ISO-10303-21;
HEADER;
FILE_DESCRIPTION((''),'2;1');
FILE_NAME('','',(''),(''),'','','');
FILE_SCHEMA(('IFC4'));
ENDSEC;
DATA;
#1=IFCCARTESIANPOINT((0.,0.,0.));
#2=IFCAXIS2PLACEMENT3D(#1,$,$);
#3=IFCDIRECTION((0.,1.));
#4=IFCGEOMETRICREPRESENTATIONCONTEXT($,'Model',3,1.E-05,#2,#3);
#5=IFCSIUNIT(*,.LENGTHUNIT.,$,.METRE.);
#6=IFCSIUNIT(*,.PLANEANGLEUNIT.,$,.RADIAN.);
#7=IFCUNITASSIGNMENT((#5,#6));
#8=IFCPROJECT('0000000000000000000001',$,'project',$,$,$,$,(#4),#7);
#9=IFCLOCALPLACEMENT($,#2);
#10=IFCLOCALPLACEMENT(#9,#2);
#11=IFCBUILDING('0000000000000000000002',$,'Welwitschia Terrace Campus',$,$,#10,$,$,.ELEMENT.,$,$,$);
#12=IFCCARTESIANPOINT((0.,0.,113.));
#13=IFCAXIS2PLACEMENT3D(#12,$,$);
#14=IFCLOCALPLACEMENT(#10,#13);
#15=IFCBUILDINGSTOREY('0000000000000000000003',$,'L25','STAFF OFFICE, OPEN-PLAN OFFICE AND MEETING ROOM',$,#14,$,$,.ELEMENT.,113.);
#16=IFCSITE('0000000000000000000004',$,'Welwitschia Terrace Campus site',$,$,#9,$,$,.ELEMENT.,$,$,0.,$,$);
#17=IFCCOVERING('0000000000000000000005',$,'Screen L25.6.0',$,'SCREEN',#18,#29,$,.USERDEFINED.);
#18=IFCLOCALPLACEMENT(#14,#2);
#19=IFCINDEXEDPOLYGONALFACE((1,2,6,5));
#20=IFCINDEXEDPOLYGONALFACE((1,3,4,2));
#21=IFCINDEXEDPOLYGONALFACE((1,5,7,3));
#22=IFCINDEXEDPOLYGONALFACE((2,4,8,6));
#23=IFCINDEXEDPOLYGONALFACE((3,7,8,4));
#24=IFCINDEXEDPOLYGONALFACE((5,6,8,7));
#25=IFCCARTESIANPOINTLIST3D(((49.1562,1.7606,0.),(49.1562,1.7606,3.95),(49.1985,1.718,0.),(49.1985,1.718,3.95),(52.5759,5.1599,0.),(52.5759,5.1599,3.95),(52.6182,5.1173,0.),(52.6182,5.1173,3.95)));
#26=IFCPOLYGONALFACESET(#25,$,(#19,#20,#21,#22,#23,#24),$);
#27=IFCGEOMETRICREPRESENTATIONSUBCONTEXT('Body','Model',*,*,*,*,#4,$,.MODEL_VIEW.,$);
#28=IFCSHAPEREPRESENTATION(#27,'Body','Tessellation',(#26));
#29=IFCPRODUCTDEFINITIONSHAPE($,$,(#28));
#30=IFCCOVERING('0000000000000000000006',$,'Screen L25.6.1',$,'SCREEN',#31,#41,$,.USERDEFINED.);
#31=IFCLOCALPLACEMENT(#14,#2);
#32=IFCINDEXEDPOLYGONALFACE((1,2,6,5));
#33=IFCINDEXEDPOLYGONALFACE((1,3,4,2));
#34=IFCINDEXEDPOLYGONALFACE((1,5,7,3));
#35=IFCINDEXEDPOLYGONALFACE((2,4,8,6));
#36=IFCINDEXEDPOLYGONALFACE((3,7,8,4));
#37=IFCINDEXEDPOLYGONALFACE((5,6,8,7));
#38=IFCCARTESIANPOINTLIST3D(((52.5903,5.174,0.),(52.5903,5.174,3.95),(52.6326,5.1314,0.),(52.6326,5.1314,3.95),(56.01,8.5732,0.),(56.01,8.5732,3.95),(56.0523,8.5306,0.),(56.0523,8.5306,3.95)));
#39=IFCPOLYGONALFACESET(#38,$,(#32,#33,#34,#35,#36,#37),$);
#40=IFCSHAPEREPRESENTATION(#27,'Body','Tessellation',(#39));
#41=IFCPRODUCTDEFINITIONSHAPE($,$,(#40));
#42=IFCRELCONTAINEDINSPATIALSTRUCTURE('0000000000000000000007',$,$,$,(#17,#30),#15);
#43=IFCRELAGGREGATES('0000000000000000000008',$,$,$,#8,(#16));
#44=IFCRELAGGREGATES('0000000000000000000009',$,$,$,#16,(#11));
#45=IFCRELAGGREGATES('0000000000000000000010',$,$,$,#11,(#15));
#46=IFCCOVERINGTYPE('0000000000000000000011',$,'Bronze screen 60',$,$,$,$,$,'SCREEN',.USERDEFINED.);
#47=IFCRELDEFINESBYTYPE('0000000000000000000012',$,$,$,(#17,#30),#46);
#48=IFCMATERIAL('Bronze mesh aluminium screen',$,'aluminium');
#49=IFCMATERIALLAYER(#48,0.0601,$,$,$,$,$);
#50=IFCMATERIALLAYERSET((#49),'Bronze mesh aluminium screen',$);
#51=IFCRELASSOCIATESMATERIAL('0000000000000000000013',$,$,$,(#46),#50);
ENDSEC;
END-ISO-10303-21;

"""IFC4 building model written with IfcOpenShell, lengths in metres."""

from ifc_helpers import new_model, si_unit, direction, frame, origin, origin_2d, place, context, subcontext, project, spatial, rectangle, extrude, material, layer, layer_set, type_object, element, save


model = new_model("IFC4")

# Units and contexts
model_context = context("Model", 3, precision=1e-05, world=origin(), true_north=direction((0.0, 1.0)))
body_context = subcontext(model_context, "Body", "Model", "MODEL_VIEW")
ifc_project = project(units=[si_unit("LENGTHUNIT", "METRE"), si_unit("PLANEANGLEUNIT", "RADIAN")], contexts=[model_context])

# Site, building, storey
site_placement = place(None, origin())
site = spatial("IfcSite", under=ifc_project, at=site_placement, Name="Welwitschia Terrace Campus site", CompositionType="ELEMENT", RefElevation=0.0)
building_placement = place(site_placement, origin())
building = spatial("IfcBuilding", under=site, at=building_placement, Name="Welwitschia Terrace Campus", CompositionType="ELEMENT")
storey_placement = place(building_placement, frame((0.0, 0.0, 113.0)))
storey = spatial("IfcBuildingStorey", under=building, at=storey_placement, Name="L25", Description="STAFF OFFICE, OPEN-PLAN OFFICE AND MEETING ROOM", CompositionType="ELEMENT", Elevation=113.0)

# Coverings
ifc_material_1 = material(Name="Bronze mesh aluminium screen", Category="aluminium")
ifc_layer_1 = layer(ifc_material_1, 0.0601)
ifc_layer_set_1 = layer_set([ifc_layer_1], Name="Bronze mesh aluminium screen")
covering_type = type_object("IfcCoveringType", Name="Bronze screen 60", ElementType="SCREEN", PredefinedType="USERDEFINED", material=ifc_layer_set_1)
for number, where, z_axis, x_axis, name in (
    (1, (50.8872, 3.439, 0.0), (0.0, 0.0, 1.0), (0.709222, 0.704985, 0.0), "Screen L25.6.0"),
    (2, (54.3213, 6.8523, 0.0), (0.0, 0.0, 1.0), (0.709222, 0.704985, 0.0), "Screen L25.6.1"),
):
    element("IfcCovering", number, at=place(storey_placement, frame(where, z_axis=z_axis, x_axis=x_axis)), inside=storey, type_object=covering_type, Name=name, ObjectType="SCREEN", PredefinedType="USERDEFINED", context=body_context, shape_type="SweptSolid", body=[
        extrude(rectangle(XDim=4.8218, YDim=0.0601, at=origin_2d()), origin(), (0.0, 0.0, 1.0), 3.95),
    ])

save(model, "model.ifc")
